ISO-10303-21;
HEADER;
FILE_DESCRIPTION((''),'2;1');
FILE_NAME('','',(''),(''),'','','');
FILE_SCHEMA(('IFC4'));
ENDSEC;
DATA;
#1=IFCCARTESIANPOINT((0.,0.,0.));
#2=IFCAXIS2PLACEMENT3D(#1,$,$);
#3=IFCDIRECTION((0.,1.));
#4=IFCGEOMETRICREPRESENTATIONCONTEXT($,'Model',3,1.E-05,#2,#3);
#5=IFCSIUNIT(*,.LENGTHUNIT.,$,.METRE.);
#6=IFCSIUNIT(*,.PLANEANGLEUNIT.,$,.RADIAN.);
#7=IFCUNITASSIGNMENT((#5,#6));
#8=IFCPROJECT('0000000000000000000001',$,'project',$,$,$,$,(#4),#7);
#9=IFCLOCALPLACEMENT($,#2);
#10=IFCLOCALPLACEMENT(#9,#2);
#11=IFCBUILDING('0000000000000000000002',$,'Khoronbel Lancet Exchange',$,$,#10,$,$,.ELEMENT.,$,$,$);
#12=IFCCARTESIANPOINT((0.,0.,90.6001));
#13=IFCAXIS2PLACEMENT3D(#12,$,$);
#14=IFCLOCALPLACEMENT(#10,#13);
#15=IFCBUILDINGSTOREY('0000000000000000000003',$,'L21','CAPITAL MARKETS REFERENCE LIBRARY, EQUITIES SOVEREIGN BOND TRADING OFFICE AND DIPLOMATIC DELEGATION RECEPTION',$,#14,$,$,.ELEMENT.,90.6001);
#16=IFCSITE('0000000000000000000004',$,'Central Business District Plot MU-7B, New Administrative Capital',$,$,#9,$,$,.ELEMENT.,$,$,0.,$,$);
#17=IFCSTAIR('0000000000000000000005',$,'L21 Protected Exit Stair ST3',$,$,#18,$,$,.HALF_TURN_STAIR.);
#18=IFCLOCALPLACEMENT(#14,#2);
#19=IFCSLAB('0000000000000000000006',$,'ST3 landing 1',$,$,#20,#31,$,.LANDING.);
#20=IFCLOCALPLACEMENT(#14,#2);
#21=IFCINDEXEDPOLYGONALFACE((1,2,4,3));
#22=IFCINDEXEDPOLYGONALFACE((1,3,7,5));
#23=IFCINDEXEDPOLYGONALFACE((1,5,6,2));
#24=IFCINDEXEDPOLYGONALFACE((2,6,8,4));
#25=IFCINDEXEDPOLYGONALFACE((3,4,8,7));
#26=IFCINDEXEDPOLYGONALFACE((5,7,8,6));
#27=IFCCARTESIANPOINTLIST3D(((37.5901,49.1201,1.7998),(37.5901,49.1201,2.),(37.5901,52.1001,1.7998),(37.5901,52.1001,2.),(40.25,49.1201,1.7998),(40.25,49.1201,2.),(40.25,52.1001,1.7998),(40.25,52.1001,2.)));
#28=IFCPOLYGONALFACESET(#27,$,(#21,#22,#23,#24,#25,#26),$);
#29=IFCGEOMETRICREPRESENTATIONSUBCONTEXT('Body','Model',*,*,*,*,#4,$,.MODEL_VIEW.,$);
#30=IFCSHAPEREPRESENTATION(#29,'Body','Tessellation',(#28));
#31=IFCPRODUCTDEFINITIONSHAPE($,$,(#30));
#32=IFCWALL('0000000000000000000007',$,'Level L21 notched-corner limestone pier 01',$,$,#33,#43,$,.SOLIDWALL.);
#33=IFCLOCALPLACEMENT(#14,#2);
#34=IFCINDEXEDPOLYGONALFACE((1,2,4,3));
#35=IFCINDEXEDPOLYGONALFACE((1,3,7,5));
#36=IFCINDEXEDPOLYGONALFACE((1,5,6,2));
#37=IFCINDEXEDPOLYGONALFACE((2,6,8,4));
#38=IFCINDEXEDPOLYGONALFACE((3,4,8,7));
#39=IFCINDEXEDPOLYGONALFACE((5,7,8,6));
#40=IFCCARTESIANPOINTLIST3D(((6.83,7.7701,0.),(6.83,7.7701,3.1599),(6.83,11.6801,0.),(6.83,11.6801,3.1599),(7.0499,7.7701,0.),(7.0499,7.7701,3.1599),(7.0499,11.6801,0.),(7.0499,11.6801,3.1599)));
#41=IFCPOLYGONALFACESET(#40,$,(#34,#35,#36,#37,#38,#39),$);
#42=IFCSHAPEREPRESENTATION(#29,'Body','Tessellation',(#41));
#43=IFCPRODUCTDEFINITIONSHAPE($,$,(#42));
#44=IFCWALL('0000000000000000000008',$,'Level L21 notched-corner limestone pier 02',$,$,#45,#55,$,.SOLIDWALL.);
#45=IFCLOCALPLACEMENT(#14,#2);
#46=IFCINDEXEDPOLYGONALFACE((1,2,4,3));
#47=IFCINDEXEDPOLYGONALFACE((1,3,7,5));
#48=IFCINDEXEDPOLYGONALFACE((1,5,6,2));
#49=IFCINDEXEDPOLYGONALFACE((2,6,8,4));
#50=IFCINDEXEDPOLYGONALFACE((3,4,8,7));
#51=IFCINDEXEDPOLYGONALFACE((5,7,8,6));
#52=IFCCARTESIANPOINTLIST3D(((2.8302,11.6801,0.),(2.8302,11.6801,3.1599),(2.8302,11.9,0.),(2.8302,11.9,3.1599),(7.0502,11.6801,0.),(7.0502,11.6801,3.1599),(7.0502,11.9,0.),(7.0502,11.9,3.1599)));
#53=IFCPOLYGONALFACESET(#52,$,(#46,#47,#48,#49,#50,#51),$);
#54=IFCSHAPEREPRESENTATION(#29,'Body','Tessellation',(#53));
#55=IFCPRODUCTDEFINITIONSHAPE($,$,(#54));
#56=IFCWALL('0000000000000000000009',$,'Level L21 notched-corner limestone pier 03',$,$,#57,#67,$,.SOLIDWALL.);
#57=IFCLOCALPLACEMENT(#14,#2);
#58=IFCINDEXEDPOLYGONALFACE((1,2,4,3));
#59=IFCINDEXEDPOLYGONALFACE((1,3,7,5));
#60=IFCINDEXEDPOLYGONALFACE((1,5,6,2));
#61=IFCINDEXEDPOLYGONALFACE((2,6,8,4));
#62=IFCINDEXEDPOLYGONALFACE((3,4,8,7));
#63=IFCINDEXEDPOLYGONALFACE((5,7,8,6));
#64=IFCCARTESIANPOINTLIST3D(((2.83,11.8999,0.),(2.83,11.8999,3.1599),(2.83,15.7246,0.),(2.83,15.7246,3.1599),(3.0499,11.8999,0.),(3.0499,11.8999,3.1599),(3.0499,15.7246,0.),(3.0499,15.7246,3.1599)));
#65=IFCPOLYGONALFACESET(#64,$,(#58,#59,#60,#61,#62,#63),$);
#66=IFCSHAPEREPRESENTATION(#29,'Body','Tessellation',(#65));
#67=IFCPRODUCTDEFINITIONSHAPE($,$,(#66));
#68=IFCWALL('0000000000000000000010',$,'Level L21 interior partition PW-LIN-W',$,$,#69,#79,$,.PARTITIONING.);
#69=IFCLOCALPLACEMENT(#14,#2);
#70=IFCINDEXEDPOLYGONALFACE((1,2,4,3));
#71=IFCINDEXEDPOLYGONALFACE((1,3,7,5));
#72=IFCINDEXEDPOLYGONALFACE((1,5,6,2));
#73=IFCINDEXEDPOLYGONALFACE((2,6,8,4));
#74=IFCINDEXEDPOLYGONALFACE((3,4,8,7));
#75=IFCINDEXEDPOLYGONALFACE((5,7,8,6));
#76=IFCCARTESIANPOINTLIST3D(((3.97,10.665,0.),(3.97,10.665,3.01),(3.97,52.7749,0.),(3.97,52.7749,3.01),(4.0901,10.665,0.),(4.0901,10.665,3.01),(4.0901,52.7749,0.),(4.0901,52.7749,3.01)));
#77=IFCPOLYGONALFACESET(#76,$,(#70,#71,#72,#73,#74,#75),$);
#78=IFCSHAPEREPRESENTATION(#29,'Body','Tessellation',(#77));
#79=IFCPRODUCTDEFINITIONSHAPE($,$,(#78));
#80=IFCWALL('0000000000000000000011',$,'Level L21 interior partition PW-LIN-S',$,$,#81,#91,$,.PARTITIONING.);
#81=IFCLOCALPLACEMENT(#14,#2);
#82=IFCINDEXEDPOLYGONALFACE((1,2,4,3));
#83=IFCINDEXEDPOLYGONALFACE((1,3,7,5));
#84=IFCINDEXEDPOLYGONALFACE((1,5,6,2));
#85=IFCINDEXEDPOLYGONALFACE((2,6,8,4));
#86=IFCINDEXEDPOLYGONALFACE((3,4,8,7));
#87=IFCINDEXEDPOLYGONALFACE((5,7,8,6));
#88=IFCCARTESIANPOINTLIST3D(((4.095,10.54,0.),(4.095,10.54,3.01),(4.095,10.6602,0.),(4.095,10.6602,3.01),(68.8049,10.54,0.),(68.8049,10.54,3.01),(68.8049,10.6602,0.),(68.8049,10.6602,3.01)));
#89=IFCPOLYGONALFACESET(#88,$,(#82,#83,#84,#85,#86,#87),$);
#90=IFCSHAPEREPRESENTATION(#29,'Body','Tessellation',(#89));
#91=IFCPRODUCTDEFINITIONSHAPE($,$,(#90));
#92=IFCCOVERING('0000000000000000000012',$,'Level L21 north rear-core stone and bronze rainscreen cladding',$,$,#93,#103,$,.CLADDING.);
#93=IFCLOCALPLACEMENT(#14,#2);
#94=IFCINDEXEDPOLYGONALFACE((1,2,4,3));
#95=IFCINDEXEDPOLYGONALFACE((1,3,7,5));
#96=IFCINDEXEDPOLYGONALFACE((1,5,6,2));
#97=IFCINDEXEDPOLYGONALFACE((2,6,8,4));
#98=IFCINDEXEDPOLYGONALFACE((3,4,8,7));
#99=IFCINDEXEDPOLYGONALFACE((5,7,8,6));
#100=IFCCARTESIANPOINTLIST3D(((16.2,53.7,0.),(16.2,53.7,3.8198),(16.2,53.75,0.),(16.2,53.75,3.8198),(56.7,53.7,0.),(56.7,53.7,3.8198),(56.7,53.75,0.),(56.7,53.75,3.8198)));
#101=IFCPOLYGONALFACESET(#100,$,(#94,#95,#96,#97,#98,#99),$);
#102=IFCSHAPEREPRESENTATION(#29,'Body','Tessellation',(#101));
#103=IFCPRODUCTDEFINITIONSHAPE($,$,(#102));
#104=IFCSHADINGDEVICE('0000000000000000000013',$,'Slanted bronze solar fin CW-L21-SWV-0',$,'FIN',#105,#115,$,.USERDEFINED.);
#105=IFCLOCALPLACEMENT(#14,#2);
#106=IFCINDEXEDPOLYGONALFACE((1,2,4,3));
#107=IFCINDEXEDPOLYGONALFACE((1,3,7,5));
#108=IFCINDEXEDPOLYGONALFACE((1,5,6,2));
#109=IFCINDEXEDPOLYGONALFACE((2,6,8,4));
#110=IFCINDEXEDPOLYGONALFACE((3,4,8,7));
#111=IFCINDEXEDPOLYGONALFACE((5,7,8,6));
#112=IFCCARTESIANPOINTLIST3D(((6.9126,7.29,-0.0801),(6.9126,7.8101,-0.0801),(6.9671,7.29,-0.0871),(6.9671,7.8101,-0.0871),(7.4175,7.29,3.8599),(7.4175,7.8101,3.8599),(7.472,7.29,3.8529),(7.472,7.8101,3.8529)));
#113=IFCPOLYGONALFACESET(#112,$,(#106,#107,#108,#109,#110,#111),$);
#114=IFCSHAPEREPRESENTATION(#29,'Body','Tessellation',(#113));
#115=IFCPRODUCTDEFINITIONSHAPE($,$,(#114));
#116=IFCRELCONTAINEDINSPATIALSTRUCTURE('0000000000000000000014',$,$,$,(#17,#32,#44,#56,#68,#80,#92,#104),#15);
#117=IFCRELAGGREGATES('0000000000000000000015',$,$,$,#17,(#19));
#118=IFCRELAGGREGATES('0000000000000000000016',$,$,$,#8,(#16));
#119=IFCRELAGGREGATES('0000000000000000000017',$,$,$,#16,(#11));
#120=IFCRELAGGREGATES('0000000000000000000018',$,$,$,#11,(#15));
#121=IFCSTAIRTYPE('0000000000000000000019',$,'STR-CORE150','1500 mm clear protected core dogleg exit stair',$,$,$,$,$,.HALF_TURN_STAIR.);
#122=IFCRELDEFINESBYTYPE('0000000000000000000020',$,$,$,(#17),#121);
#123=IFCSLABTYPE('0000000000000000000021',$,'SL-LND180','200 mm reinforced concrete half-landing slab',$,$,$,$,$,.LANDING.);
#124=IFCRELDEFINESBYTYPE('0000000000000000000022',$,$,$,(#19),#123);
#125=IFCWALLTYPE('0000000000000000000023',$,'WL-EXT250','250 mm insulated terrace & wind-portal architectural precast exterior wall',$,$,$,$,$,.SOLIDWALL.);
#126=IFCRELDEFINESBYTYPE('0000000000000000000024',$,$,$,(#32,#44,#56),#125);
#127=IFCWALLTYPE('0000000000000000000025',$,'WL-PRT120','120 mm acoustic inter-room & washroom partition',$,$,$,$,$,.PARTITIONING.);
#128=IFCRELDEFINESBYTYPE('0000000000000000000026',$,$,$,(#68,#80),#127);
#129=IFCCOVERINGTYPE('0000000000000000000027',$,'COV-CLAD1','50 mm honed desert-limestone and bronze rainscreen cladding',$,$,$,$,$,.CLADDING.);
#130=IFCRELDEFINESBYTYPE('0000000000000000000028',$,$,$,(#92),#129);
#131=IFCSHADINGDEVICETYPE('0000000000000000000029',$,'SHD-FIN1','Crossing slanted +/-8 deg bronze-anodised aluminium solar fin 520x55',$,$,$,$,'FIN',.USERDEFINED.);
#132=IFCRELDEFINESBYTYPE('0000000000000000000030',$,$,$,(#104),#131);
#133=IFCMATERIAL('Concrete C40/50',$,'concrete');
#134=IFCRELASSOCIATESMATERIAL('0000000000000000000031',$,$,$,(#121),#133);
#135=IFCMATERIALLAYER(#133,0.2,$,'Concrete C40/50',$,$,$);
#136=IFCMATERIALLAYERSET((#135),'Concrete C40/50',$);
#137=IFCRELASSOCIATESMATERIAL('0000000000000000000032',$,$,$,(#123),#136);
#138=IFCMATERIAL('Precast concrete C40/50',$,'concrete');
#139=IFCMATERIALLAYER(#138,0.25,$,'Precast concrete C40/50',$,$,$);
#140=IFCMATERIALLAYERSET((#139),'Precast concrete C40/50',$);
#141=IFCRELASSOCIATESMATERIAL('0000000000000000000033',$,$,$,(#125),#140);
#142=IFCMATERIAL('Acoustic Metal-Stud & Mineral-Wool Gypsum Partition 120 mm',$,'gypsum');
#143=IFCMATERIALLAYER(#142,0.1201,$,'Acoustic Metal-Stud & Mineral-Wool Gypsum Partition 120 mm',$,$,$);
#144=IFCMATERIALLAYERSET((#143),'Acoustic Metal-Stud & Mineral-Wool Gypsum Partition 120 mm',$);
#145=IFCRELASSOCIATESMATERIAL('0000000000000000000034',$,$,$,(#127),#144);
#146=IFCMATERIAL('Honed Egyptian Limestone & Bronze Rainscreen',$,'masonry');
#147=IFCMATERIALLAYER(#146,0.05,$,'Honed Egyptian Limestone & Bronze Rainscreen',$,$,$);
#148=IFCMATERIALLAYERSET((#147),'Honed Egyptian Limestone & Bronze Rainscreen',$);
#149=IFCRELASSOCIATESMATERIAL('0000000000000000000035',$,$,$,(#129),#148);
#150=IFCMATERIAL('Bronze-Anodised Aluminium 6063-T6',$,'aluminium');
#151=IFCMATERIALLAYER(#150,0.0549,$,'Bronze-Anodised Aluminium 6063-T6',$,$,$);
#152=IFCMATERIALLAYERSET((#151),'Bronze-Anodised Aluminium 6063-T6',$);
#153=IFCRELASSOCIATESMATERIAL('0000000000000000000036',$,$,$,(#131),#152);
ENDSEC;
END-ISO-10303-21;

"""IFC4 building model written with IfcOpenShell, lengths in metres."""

from ifc_helpers import new_model, si_unit, direction, frame, frame_2d, origin, place, context, subcontext, project, spatial, polyline, rectangle, outline, extrude, material, layer, layer_set, type_object, element, aggregate, save


model = new_model("IFC4")

# Units and contexts
model_context = context("Model", 3, precision=1e-05, world=origin(), true_north=direction((0.0, 1.0)))
body_context = subcontext(model_context, "Body", "Model", "MODEL_VIEW")
ifc_project = project(units=[si_unit("LENGTHUNIT", "METRE"), si_unit("PLANEANGLEUNIT", "RADIAN")], contexts=[model_context])

# Site, building, storey
site_placement = place(None, origin())
site = spatial("IfcSite", under=ifc_project, at=site_placement, Name="Central Business District Plot MU-7B, New Administrative Capital", CompositionType="ELEMENT", RefElevation=0.0)
building_placement = place(site_placement, origin())
building = spatial("IfcBuilding", under=site, at=building_placement, Name="Khoronbel Lancet Exchange", CompositionType="ELEMENT")
storey_placement = place(building_placement, frame((0.0, 0.0, 90.6001)))
storey = spatial("IfcBuildingStorey", under=building, at=storey_placement, Name="L21", Description="CAPITAL MARKETS REFERENCE LIBRARY, EQUITIES SOVEREIGN BOND TRADING OFFICE AND DIPLOMATIC DELEGATION RECEPTION", CompositionType="ELEMENT", Elevation=90.6001)

# Shared definitions
ifc_material_1 = material(Name="Bronze-Anodised Aluminium 6063-T6", Category="aluminium")

# Shared definitions
ifc_material_2 = material(Name="Concrete C40/50", Category="concrete")

# Stair, slab
stair_type = type_object("IfcStairType", Name="STR-CORE150", Description="1500 mm clear protected core dogleg exit stair", PredefinedType="HALF_TURN_STAIR", material=ifc_material_2)
ifc_layer_1 = layer(ifc_material_2, 0.2, Name="Concrete C40/50")
ifc_layer_set_1 = layer_set([ifc_layer_1], Name="Concrete C40/50")
slab_type_1 = type_object("IfcSlabType", Name="SL-LND180", Description="200 mm reinforced concrete half-landing slab", PredefinedType="LANDING", material=ifc_layer_set_1)
stair_1_placement = place(storey_placement, origin())
stair_1 = element("IfcStair", 1, at=stair_1_placement, inside=storey, type_object=stair_type, Name="L21 Protected Exit Stair ST3", PredefinedType="HALF_TURN_STAIR")
slab_1_placement = place(storey_placement, frame((0.0, 0.0, 1.7998)))
slab_1 = element("IfcSlab", 2, at=slab_1_placement, type_object=slab_type_1, Name="ST3 landing 1", PredefinedType="LANDING", context=body_context, shape_type="SweptSolid", body=[
    extrude(outline(polyline([(37.5901, 49.1201), (40.25, 49.1201), (40.25, 52.1001), (37.5901, 52.1001), (37.5901, 49.1201)])), origin(), (0.0, 0.0, 1.0), 0.2002),
])
aggregate(stair_1, [slab_1])

# Walls
ifc_material_3 = material(Name="Precast concrete C40/50", Category="concrete")
ifc_layer_2 = layer(ifc_material_3, 0.25, Name="Precast concrete C40/50")
ifc_layer_set_2 = layer_set([ifc_layer_2], Name="Precast concrete C40/50")
wall_type_1 = type_object("IfcWallType", Name="WL-EXT250", Description="250 mm insulated terrace & wind-portal architectural precast exterior wall", PredefinedType="SOLIDWALL", material=ifc_layer_set_2)
wall_1_placement = place(storey_placement, frame((6.9399, 7.77, 0.0), z_axis=(0.0, 0.0, 1.0), x_axis=(0.0, 1.0, 0.0)))
element("IfcWall", 3, at=wall_1_placement, inside=storey, type_object=wall_type_1, Name="Level L21 notched-corner limestone pier 01", PredefinedType="SOLIDWALL", context=body_context, shape_type="SweptSolid", body=[
    extrude(rectangle(XDim=3.9099, YDim=0.22, at=frame_2d((1.9551, 0.0))), origin(), (0.0, 0.0, 1.0), 3.1599),
])
wall_2_placement = place(storey_placement, frame((7.05, 11.79, 0.0), z_axis=(0.0, 0.0, 1.0), x_axis=(-1.0, 0.0, 0.0)))
element("IfcWall", 4, at=wall_2_placement, inside=storey, type_object=wall_type_1, Name="Level L21 notched-corner limestone pier 02", PredefinedType="SOLIDWALL", context=body_context, shape_type="SweptSolid", body=[
    extrude(rectangle(XDim=4.22, YDim=0.22, at=frame_2d((2.1099, 0.0))), origin(), (0.0, 0.0, 1.0), 3.1599),
])
wall_3_placement = place(storey_placement, frame((2.9399, 11.8999, 0.0), z_axis=(0.0, 0.0, 1.0), x_axis=(0.0, 1.0, 0.0)))
element("IfcWall", 5, at=wall_3_placement, inside=storey, type_object=wall_type_1, Name="Level L21 notched-corner limestone pier 03", PredefinedType="SOLIDWALL", context=body_context, shape_type="SweptSolid", body=[
    extrude(rectangle(XDim=3.8247, YDim=0.22, at=frame_2d((1.9124, 0.0))), origin(), (0.0, 0.0, 1.0), 3.1599),
])
ifc_material_4 = material(Name="Acoustic Metal-Stud & Mineral-Wool Gypsum Partition 120 mm", Category="gypsum")
ifc_layer_3 = layer(ifc_material_4, 0.1201, Name="Acoustic Metal-Stud & Mineral-Wool Gypsum Partition 120 mm")
ifc_layer_set_3 = layer_set([ifc_layer_3], Name="Acoustic Metal-Stud & Mineral-Wool Gypsum Partition 120 mm")
wall_type_2 = type_object("IfcWallType", Name="WL-PRT120", Description="120 mm acoustic inter-room & washroom partition", PredefinedType="PARTITIONING", material=ifc_layer_set_3)
wall_4_placement = place(storey_placement, frame((4.03, 10.665, 0.0), z_axis=(0.0, 0.0, 1.0), x_axis=(0.0, 1.0, 0.0)))
element("IfcWall", 6, at=wall_4_placement, inside=storey, type_object=wall_type_2, Name="Level L21 interior partition PW-LIN-W", PredefinedType="PARTITIONING", context=body_context, shape_type="SweptSolid", body=[
    extrude(rectangle(XDim=42.1099, YDim=0.1201, at=frame_2d((21.0549, 0.0))), origin(), (0.0, 0.0, 1.0), 3.01),
])
wall_5_placement = place(storey_placement, frame((4.095, 10.6001, 0.0), z_axis=(0.0, 0.0, 1.0), x_axis=(1.0, 0.0, 0.0)))
element("IfcWall", 7, at=wall_5_placement, inside=storey, type_object=wall_type_2, Name="Level L21 interior partition PW-LIN-S", PredefinedType="PARTITIONING", context=body_context, shape_type="SweptSolid", body=[
    extrude(rectangle(XDim=64.71, YDim=0.1201, at=frame_2d((32.355, 0.0))), origin(), (0.0, 0.0, 1.0), 3.01),
])

# Covering
ifc_material_5 = material(Name="Honed Egyptian Limestone & Bronze Rainscreen", Category="masonry")
ifc_layer_4 = layer(ifc_material_5, 0.05, Name="Honed Egyptian Limestone & Bronze Rainscreen")
ifc_layer_set_4 = layer_set([ifc_layer_4], Name="Honed Egyptian Limestone & Bronze Rainscreen")
covering_type = type_object("IfcCoveringType", Name="COV-CLAD1", Description="50 mm honed desert-limestone and bronze rainscreen cladding", PredefinedType="CLADDING", material=ifc_layer_set_4)
covering_placement = place(storey_placement, origin())
element("IfcCovering", 8, at=covering_placement, inside=storey, type_object=covering_type, Name="Level L21 north rear-core stone and bronze rainscreen cladding", PredefinedType="CLADDING", context=body_context, shape_type="SweptSolid", body=[
    extrude(outline(polyline([(16.2, 53.7), (56.7, 53.7), (56.7, 53.75), (16.2, 53.75), (16.2, 53.7)])), origin(), (0.0, 0.0, 1.0), 3.8198),
])

# Shading device
ifc_layer_5 = layer(ifc_material_1, 0.0549, Name="Bronze-Anodised Aluminium 6063-T6")
ifc_layer_set_5 = layer_set([ifc_layer_5], Name="Bronze-Anodised Aluminium 6063-T6")
shading_device_type = type_object("IfcShadingDeviceType", Name="SHD-FIN1", Description="Crossing slanted +/-8 deg bronze-anodised aluminium solar fin 520x55", ElementType="FIN", PredefinedType="USERDEFINED", material=ifc_layer_set_5)
shading_device_placement = place(storey_placement, frame((6.9126, 7.8101, -0.0801), z_axis=(-0.991889, 0.0, 0.127105), x_axis=(0.0, -1.0, 0.0)))
element("IfcShadingDevice", 9, at=shading_device_placement, inside=storey, type_object=shading_device_type, Name="Slanted bronze solar fin CW-L21-SWV-0", ObjectType="FIN", PredefinedType="USERDEFINED", context=body_context, shape_type="SweptSolid", body=[
    extrude(outline(polyline([(0.0, 0.0), (0.52, 0.0), (0.52, 3.9722), (0.0, 3.9722), (0.0, 0.0)])), origin(), (0.0, 0.0, -1.0), 0.0549),
])

save(model, "model.ifc")
